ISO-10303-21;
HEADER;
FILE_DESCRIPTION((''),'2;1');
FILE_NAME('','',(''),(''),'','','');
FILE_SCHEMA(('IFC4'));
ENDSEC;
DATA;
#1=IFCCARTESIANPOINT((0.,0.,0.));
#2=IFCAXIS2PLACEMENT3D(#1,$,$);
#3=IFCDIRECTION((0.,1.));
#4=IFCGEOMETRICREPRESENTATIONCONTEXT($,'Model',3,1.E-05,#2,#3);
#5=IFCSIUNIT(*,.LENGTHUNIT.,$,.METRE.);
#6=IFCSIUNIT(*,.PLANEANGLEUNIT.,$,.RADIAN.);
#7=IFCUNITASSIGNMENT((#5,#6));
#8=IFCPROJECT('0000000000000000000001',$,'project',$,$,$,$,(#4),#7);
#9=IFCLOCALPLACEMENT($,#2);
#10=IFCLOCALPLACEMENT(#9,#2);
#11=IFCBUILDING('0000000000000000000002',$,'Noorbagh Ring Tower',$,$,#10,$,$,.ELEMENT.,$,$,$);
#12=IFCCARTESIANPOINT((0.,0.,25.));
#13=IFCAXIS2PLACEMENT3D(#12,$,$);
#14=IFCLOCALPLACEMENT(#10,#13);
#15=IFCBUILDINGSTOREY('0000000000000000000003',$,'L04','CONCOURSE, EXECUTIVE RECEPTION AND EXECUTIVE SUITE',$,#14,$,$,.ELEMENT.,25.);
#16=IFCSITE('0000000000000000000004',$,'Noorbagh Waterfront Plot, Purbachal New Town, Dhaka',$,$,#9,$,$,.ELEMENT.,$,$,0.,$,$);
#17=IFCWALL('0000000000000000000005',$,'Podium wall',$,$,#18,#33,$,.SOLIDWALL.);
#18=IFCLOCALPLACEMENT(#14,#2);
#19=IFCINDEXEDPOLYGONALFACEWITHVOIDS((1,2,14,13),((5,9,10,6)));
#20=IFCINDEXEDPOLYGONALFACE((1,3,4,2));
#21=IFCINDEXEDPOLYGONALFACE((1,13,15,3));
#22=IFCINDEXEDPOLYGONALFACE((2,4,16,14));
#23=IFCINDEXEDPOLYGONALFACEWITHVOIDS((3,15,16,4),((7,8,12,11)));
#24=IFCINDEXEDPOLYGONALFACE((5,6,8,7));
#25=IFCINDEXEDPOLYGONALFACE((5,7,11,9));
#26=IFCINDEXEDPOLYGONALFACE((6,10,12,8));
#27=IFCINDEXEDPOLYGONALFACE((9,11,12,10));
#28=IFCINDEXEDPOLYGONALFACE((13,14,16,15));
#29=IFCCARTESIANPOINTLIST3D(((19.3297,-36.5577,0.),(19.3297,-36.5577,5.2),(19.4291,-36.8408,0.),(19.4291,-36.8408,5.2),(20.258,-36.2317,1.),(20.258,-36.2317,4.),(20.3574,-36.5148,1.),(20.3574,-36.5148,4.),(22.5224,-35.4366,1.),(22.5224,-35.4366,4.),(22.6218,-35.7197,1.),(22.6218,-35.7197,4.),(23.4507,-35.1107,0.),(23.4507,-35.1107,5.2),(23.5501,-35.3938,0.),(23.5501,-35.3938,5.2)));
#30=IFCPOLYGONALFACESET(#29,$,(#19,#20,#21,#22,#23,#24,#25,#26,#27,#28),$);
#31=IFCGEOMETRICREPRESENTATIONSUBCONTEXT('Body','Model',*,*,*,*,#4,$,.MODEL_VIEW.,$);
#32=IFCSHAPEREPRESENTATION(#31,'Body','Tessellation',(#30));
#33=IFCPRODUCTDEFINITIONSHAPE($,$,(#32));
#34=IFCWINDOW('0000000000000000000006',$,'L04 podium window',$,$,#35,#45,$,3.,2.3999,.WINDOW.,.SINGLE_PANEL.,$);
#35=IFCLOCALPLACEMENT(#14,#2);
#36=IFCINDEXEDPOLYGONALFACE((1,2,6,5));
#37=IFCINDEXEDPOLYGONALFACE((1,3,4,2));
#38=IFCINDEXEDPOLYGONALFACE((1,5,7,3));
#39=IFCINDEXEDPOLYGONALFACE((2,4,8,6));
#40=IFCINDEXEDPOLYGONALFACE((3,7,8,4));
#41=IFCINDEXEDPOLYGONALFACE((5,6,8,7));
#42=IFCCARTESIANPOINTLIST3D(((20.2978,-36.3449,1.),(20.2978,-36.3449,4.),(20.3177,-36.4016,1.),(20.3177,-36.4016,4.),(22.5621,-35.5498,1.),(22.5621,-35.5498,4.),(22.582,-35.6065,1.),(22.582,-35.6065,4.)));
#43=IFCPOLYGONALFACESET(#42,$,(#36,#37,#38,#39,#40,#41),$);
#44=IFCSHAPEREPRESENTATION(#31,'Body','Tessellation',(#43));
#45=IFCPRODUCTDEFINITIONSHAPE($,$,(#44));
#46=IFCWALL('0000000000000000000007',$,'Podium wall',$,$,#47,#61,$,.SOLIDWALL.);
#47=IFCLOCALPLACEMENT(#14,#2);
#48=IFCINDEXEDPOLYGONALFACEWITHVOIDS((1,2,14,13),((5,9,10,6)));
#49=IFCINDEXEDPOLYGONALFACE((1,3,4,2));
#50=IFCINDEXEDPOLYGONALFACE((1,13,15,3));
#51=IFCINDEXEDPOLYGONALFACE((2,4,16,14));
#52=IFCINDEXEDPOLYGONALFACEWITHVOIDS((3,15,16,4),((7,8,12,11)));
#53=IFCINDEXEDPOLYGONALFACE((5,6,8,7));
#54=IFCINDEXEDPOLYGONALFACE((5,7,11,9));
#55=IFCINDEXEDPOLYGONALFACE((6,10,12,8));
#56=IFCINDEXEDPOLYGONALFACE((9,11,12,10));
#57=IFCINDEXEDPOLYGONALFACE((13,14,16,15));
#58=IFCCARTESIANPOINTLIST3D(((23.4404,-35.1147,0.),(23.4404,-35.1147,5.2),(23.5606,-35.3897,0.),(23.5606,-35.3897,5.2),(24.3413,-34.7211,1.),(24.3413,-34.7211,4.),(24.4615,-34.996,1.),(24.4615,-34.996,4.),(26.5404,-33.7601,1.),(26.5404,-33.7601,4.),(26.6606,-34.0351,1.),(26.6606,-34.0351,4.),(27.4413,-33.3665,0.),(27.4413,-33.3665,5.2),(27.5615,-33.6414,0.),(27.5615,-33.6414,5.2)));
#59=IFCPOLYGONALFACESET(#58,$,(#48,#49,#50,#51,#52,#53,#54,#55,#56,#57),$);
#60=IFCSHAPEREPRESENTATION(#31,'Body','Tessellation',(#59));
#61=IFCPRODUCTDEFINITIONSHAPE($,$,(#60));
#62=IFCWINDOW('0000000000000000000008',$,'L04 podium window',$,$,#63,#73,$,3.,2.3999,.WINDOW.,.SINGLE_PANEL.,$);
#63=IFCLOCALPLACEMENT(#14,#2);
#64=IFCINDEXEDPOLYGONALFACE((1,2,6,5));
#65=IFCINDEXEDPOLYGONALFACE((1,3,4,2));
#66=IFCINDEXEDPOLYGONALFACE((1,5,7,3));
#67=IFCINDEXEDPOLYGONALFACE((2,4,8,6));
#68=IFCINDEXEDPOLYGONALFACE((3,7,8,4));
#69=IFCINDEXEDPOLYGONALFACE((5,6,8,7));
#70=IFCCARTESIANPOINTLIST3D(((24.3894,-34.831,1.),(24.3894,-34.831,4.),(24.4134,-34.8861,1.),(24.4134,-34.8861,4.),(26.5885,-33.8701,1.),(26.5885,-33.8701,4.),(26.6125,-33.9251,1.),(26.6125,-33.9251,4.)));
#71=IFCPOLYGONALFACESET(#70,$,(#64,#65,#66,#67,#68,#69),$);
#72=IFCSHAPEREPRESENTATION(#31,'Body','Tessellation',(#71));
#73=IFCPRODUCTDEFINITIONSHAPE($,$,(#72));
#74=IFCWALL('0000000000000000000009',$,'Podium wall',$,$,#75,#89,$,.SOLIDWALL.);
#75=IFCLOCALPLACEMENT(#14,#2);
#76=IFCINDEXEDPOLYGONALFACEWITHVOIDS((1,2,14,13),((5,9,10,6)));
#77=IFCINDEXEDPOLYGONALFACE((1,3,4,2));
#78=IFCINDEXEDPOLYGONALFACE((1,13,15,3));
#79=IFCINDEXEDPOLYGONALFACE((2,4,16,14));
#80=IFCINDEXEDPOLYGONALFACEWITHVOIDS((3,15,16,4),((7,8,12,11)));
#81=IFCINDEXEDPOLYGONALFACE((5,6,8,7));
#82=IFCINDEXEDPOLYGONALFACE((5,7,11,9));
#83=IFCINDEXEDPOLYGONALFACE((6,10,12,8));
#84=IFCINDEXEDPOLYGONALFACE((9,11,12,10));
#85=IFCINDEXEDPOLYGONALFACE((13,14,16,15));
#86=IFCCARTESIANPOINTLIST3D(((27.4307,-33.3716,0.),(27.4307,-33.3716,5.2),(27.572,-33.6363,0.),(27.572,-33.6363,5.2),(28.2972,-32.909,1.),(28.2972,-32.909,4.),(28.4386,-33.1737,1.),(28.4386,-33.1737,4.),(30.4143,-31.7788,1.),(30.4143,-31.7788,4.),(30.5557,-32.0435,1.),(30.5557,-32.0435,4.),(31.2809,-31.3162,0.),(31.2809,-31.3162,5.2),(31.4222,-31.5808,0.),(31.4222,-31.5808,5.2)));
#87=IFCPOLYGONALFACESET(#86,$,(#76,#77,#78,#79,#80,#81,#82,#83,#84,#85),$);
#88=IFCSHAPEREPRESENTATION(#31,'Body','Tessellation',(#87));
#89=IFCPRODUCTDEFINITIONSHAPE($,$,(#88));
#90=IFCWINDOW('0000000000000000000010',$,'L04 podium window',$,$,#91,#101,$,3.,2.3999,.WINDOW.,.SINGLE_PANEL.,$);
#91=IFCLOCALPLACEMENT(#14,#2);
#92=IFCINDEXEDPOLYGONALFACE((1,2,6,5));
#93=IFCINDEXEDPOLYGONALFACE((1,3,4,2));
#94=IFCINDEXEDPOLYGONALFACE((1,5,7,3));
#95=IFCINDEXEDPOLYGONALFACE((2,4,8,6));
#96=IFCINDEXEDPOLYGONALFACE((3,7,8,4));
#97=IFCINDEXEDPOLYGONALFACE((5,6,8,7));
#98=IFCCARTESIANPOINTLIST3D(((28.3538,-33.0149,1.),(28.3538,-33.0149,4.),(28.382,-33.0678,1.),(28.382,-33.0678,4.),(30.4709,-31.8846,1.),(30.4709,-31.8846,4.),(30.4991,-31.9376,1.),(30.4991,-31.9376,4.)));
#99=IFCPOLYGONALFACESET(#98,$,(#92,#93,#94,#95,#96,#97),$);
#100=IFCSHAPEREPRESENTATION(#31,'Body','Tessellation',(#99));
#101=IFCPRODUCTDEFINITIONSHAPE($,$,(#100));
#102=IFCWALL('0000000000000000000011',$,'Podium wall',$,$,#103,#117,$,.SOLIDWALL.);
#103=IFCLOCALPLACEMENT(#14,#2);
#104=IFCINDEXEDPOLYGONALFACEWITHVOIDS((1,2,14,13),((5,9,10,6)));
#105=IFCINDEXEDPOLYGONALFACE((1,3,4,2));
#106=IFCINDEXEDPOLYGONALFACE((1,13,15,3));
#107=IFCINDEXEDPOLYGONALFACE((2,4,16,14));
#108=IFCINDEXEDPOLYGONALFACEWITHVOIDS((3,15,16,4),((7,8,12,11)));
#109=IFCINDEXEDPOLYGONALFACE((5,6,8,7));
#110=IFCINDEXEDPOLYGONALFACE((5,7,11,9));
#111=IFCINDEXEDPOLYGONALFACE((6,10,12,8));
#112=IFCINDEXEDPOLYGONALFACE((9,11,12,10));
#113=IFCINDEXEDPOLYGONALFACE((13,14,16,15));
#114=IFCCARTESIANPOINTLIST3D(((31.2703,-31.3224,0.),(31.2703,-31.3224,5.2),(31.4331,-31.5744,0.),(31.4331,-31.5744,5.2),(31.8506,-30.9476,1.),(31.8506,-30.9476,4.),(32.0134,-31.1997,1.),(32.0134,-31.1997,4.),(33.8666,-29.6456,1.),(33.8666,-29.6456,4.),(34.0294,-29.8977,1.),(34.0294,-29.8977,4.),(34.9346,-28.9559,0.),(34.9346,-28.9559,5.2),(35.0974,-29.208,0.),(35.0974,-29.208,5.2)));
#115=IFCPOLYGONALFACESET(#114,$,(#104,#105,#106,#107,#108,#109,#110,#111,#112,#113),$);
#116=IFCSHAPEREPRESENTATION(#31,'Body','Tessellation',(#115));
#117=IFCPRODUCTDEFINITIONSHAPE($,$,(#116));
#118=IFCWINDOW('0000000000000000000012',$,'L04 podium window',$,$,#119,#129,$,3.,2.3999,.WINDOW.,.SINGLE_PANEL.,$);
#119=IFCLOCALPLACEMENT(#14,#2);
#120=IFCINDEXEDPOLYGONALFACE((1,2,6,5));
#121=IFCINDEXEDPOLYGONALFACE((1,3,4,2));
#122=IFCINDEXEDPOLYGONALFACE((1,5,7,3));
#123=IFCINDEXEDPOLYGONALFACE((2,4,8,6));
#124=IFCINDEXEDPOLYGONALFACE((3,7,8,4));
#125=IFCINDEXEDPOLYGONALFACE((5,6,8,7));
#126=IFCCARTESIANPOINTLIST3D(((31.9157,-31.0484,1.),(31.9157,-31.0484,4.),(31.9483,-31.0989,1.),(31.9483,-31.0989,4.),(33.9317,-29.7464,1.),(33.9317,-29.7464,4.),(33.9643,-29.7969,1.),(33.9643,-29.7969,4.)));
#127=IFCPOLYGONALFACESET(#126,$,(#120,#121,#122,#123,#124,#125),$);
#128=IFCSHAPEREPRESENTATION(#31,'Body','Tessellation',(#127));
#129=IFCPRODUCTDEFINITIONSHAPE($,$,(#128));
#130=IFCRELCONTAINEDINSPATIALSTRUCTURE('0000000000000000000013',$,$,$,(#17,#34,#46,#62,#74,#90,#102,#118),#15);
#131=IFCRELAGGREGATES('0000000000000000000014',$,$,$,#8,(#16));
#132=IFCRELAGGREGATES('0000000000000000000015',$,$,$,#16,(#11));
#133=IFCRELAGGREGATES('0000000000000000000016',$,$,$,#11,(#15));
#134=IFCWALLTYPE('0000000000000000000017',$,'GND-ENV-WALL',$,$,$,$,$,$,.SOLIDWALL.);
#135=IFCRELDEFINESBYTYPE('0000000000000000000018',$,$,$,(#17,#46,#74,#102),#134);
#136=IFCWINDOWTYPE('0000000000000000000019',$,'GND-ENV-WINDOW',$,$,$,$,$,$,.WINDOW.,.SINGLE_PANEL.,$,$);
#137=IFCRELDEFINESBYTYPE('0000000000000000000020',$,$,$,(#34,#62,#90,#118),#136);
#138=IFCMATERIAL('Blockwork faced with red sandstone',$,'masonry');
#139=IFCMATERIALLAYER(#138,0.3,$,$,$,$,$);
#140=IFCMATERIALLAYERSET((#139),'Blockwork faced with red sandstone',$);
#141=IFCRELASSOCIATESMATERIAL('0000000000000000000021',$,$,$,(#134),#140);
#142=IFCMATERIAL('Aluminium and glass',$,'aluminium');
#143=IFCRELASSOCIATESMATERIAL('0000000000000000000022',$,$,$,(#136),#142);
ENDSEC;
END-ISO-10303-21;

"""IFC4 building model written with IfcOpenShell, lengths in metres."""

from ifc_helpers import new_model, si_unit, direction, frame, frame_2d, origin, place, context, subcontext, project, spatial, rectangle, extrude, material, layer, layer_set, type_object, element, fill, save


model = new_model("IFC4")

# Units and contexts
model_context = context("Model", 3, precision=1e-05, world=origin(), true_north=direction((0.0, 1.0)))
body_context = subcontext(model_context, "Body", "Model", "MODEL_VIEW")
ifc_project = project(units=[si_unit("LENGTHUNIT", "METRE"), si_unit("PLANEANGLEUNIT", "RADIAN")], contexts=[model_context])

# Site, building, storey
site_placement = place(None, origin())
site = spatial("IfcSite", under=ifc_project, at=site_placement, Name="Noorbagh Waterfront Plot, Purbachal New Town, Dhaka", CompositionType="ELEMENT", RefElevation=0.0)
building_placement = place(site_placement, origin())
building = spatial("IfcBuilding", under=site, at=building_placement, Name="Noorbagh Ring Tower", CompositionType="ELEMENT")
storey_placement = place(building_placement, frame((0.0, 0.0, 25.0)))
storey = spatial("IfcBuildingStorey", under=building, at=storey_placement, Name="L04", Description="CONCOURSE, EXECUTIVE RECEPTION AND EXECUTIVE SUITE", CompositionType="ELEMENT", Elevation=25.0)

# Walls, openings, windows
ifc_material_1 = material(Name="Blockwork faced with red sandstone", Category="masonry")
ifc_layer_1 = layer(ifc_material_1, 0.3)
ifc_layer_set_1 = layer_set([ifc_layer_1], Name="Blockwork faced with red sandstone")
wall_type = type_object("IfcWallType", Name="GND-ENV-WALL", PredefinedType="SOLIDWALL", material=ifc_layer_set_1)
wall_1_placement = place(storey_placement, frame((19.3794, -36.6992, 0.0), z_axis=(0.0, 0.0, 1.0), x_axis=(0.943527, 0.331296, 0.0)))
wall_1 = element("IfcWall", 1, at=wall_1_placement, inside=storey, type_object=wall_type, Name="Podium wall", PredefinedType="SOLIDWALL", context=body_context, shape_type="SweptSolid", body=[
    extrude(rectangle(XDim=4.3677, YDim=0.3, at=frame_2d((2.1838, 0.0))), origin(), (0.0, 0.0, 1.0), 5.2),
])
opening_1_placement = place(wall_1_placement, frame((0.9839, 0.0, 1.0)))
opening_1 = element("IfcOpeningElement", 2, at=opening_1_placement, cuts=wall_1, PredefinedType="OPENING", context=body_context, shape_type="SweptSolid", body=[
    extrude(rectangle(XDim=2.3999, YDim=3.0, at=frame_2d((1.2, 1.5))), frame((0.0, 0.1602, 0.0), z_axis=(0.0, -1.0, 0.0), x_axis=(1.0, 0.0, 0.0)), (0.0, 0.0, 1.0), 0.3201),
])
ifc_material_2 = material(Name="Aluminium and glass", Category="aluminium")
window_type = type_object("IfcWindowType", Name="GND-ENV-WINDOW", PartitioningType="SINGLE_PANEL", PredefinedType="WINDOW", material=ifc_material_2)
window_1_placement = place(opening_1_placement, origin())
window_1 = element("IfcWindow", 3, at=window_1_placement, inside=storey, type_object=window_type, Name="L04 podium window", OverallHeight=3.0, OverallWidth=2.3999, PartitioningType="SINGLE_PANEL", PredefinedType="WINDOW", context=body_context, shape_type="SweptSolid", body=[
    extrude(rectangle(XDim=2.3999, YDim=3.0, at=frame_2d((1.2, 1.5))), frame((0.0, 0.03, 0.0), z_axis=(0.0, -1.0, 0.0), x_axis=(1.0, 0.0, 0.0)), (0.0, 0.0, 1.0), 0.0601),
])
fill(opening_1, window_1)
wall_2_placement = place(storey_placement, frame((23.5005, -35.2522, 0.0), z_axis=(0.0, 0.0, 1.0), x_axis=(0.916337, 0.400408, 0.0)))
wall_2 = element("IfcWall", 4, at=wall_2_placement, inside=storey, type_object=wall_type, Name="Podium wall", PredefinedType="SOLIDWALL", context=body_context, shape_type="SweptSolid", body=[
    extrude(rectangle(XDim=4.3662, YDim=0.3, at=frame_2d((2.1831, 0.0))), origin(), (0.0, 0.0, 1.0), 5.2),
])
opening_2_placement = place(wall_2_placement, frame((0.9832, 0.0, 1.0)))
opening_2 = element("IfcOpeningElement", 5, at=opening_2_placement, cuts=wall_2, PredefinedType="OPENING", context=body_context, shape_type="SweptSolid", body=[
    extrude(rectangle(XDim=2.3999, YDim=3.0, at=frame_2d((1.2, 1.5))), frame((0.0, 0.1602, 0.0), z_axis=(0.0, -1.0, 0.0), x_axis=(1.0, 0.0, 0.0)), (0.0, 0.0, 1.0), 0.3201),
])
window_2_placement = place(opening_2_placement, origin())
window_2 = element("IfcWindow", 6, at=window_2_placement, inside=storey, type_object=window_type, Name="L04 podium window", OverallHeight=3.0, OverallWidth=2.3999, PartitioningType="SINGLE_PANEL", PredefinedType="WINDOW", context=body_context, shape_type="SweptSolid", body=[
    extrude(rectangle(XDim=2.3999, YDim=3.0, at=frame_2d((1.2, 1.5))), frame((0.0, 0.03, 0.0), z_axis=(0.0, -1.0, 0.0), x_axis=(1.0, 0.0, 0.0)), (0.0, 0.0, 1.0), 0.0601),
])
fill(opening_2, window_2)
wall_3_placement = place(storey_placement, frame((27.5015, -33.5039, 0.0), z_axis=(0.0, 0.0, 1.0), x_axis=(0.882159, 0.470951, 0.0)))
wall_3 = element("IfcWall", 7, at=wall_3_placement, inside=storey, type_object=wall_type, Name="Podium wall", PredefinedType="SOLIDWALL", context=body_context, shape_type="SweptSolid", body=[
    extrude(rectangle(XDim=4.3645, YDim=0.3, at=frame_2d((2.1821, 0.0))), origin(), (0.0, 0.0, 1.0), 5.2),
])
opening_3_placement = place(wall_3_placement, frame((0.9822, 0.0, 1.0)))
opening_3 = element("IfcOpeningElement", 8, at=opening_3_placement, cuts=wall_3, PredefinedType="OPENING", context=body_context, shape_type="SweptSolid", body=[
    extrude(rectangle(XDim=2.3999, YDim=3.0, at=frame_2d((1.2, 1.5))), frame((0.0, 0.1602, 0.0), z_axis=(0.0, -1.0, 0.0), x_axis=(1.0, 0.0, 0.0)), (0.0, 0.0, 1.0), 0.3201),
])
window_3_placement = place(opening_3_placement, origin())
window_3 = element("IfcWindow", 9, at=window_3_placement, inside=storey, type_object=window_type, Name="L04 podium window", OverallHeight=3.0, OverallWidth=2.3999, PartitioningType="SINGLE_PANEL", PredefinedType="WINDOW", context=body_context, shape_type="SweptSolid", body=[
    extrude(rectangle(XDim=2.3999, YDim=3.0, at=frame_2d((1.2, 1.5))), frame((0.0, 0.03, 0.0), z_axis=(0.0, -1.0, 0.0), x_axis=(1.0, 0.0, 0.0)), (0.0, 0.0, 1.0), 0.0601),
])
fill(opening_3, window_3)
wall_4_placement = place(storey_placement, frame((31.3516, -31.4485, 0.0), z_axis=(0.0, 0.0, 1.0), x_axis=(0.840047, 0.542513, 0.0)))
wall_4 = element("IfcWall", 10, at=wall_4_placement, inside=storey, type_object=wall_type, Name="Podium wall", PredefinedType="SOLIDWALL", context=body_context, shape_type="SweptSolid", body=[
    extrude(rectangle(XDim=4.3621, YDim=0.3, at=frame_2d((2.1812, 0.0))), origin(), (0.0, 0.0, 1.0), 5.2),
])
opening_4_placement = place(wall_4_placement, frame((0.6909, 0.0, 1.0)))
opening_4 = element("IfcOpeningElement", 11, at=opening_4_placement, cuts=wall_4, PredefinedType="OPENING", context=body_context, shape_type="SweptSolid", body=[
    extrude(rectangle(XDim=2.3999, YDim=3.0, at=frame_2d((1.2, 1.5))), frame((0.0, 0.1602, 0.0), z_axis=(0.0, -1.0, 0.0), x_axis=(1.0, 0.0, 0.0)), (0.0, 0.0, 1.0), 0.3201),
])
window_4_placement = place(opening_4_placement, origin())
window_4 = element("IfcWindow", 12, at=window_4_placement, inside=storey, type_object=window_type, Name="L04 podium window", OverallHeight=3.0, OverallWidth=2.3999, PartitioningType="SINGLE_PANEL", PredefinedType="WINDOW", context=body_context, shape_type="SweptSolid", body=[
    extrude(rectangle(XDim=2.3999, YDim=3.0, at=frame_2d((1.2, 1.5))), frame((0.0, 0.03, 0.0), z_axis=(0.0, -1.0, 0.0), x_axis=(1.0, 0.0, 0.0)), (0.0, 0.0, 1.0), 0.0601),
])
fill(opening_4, window_4)

save(model, "model.ifc")
